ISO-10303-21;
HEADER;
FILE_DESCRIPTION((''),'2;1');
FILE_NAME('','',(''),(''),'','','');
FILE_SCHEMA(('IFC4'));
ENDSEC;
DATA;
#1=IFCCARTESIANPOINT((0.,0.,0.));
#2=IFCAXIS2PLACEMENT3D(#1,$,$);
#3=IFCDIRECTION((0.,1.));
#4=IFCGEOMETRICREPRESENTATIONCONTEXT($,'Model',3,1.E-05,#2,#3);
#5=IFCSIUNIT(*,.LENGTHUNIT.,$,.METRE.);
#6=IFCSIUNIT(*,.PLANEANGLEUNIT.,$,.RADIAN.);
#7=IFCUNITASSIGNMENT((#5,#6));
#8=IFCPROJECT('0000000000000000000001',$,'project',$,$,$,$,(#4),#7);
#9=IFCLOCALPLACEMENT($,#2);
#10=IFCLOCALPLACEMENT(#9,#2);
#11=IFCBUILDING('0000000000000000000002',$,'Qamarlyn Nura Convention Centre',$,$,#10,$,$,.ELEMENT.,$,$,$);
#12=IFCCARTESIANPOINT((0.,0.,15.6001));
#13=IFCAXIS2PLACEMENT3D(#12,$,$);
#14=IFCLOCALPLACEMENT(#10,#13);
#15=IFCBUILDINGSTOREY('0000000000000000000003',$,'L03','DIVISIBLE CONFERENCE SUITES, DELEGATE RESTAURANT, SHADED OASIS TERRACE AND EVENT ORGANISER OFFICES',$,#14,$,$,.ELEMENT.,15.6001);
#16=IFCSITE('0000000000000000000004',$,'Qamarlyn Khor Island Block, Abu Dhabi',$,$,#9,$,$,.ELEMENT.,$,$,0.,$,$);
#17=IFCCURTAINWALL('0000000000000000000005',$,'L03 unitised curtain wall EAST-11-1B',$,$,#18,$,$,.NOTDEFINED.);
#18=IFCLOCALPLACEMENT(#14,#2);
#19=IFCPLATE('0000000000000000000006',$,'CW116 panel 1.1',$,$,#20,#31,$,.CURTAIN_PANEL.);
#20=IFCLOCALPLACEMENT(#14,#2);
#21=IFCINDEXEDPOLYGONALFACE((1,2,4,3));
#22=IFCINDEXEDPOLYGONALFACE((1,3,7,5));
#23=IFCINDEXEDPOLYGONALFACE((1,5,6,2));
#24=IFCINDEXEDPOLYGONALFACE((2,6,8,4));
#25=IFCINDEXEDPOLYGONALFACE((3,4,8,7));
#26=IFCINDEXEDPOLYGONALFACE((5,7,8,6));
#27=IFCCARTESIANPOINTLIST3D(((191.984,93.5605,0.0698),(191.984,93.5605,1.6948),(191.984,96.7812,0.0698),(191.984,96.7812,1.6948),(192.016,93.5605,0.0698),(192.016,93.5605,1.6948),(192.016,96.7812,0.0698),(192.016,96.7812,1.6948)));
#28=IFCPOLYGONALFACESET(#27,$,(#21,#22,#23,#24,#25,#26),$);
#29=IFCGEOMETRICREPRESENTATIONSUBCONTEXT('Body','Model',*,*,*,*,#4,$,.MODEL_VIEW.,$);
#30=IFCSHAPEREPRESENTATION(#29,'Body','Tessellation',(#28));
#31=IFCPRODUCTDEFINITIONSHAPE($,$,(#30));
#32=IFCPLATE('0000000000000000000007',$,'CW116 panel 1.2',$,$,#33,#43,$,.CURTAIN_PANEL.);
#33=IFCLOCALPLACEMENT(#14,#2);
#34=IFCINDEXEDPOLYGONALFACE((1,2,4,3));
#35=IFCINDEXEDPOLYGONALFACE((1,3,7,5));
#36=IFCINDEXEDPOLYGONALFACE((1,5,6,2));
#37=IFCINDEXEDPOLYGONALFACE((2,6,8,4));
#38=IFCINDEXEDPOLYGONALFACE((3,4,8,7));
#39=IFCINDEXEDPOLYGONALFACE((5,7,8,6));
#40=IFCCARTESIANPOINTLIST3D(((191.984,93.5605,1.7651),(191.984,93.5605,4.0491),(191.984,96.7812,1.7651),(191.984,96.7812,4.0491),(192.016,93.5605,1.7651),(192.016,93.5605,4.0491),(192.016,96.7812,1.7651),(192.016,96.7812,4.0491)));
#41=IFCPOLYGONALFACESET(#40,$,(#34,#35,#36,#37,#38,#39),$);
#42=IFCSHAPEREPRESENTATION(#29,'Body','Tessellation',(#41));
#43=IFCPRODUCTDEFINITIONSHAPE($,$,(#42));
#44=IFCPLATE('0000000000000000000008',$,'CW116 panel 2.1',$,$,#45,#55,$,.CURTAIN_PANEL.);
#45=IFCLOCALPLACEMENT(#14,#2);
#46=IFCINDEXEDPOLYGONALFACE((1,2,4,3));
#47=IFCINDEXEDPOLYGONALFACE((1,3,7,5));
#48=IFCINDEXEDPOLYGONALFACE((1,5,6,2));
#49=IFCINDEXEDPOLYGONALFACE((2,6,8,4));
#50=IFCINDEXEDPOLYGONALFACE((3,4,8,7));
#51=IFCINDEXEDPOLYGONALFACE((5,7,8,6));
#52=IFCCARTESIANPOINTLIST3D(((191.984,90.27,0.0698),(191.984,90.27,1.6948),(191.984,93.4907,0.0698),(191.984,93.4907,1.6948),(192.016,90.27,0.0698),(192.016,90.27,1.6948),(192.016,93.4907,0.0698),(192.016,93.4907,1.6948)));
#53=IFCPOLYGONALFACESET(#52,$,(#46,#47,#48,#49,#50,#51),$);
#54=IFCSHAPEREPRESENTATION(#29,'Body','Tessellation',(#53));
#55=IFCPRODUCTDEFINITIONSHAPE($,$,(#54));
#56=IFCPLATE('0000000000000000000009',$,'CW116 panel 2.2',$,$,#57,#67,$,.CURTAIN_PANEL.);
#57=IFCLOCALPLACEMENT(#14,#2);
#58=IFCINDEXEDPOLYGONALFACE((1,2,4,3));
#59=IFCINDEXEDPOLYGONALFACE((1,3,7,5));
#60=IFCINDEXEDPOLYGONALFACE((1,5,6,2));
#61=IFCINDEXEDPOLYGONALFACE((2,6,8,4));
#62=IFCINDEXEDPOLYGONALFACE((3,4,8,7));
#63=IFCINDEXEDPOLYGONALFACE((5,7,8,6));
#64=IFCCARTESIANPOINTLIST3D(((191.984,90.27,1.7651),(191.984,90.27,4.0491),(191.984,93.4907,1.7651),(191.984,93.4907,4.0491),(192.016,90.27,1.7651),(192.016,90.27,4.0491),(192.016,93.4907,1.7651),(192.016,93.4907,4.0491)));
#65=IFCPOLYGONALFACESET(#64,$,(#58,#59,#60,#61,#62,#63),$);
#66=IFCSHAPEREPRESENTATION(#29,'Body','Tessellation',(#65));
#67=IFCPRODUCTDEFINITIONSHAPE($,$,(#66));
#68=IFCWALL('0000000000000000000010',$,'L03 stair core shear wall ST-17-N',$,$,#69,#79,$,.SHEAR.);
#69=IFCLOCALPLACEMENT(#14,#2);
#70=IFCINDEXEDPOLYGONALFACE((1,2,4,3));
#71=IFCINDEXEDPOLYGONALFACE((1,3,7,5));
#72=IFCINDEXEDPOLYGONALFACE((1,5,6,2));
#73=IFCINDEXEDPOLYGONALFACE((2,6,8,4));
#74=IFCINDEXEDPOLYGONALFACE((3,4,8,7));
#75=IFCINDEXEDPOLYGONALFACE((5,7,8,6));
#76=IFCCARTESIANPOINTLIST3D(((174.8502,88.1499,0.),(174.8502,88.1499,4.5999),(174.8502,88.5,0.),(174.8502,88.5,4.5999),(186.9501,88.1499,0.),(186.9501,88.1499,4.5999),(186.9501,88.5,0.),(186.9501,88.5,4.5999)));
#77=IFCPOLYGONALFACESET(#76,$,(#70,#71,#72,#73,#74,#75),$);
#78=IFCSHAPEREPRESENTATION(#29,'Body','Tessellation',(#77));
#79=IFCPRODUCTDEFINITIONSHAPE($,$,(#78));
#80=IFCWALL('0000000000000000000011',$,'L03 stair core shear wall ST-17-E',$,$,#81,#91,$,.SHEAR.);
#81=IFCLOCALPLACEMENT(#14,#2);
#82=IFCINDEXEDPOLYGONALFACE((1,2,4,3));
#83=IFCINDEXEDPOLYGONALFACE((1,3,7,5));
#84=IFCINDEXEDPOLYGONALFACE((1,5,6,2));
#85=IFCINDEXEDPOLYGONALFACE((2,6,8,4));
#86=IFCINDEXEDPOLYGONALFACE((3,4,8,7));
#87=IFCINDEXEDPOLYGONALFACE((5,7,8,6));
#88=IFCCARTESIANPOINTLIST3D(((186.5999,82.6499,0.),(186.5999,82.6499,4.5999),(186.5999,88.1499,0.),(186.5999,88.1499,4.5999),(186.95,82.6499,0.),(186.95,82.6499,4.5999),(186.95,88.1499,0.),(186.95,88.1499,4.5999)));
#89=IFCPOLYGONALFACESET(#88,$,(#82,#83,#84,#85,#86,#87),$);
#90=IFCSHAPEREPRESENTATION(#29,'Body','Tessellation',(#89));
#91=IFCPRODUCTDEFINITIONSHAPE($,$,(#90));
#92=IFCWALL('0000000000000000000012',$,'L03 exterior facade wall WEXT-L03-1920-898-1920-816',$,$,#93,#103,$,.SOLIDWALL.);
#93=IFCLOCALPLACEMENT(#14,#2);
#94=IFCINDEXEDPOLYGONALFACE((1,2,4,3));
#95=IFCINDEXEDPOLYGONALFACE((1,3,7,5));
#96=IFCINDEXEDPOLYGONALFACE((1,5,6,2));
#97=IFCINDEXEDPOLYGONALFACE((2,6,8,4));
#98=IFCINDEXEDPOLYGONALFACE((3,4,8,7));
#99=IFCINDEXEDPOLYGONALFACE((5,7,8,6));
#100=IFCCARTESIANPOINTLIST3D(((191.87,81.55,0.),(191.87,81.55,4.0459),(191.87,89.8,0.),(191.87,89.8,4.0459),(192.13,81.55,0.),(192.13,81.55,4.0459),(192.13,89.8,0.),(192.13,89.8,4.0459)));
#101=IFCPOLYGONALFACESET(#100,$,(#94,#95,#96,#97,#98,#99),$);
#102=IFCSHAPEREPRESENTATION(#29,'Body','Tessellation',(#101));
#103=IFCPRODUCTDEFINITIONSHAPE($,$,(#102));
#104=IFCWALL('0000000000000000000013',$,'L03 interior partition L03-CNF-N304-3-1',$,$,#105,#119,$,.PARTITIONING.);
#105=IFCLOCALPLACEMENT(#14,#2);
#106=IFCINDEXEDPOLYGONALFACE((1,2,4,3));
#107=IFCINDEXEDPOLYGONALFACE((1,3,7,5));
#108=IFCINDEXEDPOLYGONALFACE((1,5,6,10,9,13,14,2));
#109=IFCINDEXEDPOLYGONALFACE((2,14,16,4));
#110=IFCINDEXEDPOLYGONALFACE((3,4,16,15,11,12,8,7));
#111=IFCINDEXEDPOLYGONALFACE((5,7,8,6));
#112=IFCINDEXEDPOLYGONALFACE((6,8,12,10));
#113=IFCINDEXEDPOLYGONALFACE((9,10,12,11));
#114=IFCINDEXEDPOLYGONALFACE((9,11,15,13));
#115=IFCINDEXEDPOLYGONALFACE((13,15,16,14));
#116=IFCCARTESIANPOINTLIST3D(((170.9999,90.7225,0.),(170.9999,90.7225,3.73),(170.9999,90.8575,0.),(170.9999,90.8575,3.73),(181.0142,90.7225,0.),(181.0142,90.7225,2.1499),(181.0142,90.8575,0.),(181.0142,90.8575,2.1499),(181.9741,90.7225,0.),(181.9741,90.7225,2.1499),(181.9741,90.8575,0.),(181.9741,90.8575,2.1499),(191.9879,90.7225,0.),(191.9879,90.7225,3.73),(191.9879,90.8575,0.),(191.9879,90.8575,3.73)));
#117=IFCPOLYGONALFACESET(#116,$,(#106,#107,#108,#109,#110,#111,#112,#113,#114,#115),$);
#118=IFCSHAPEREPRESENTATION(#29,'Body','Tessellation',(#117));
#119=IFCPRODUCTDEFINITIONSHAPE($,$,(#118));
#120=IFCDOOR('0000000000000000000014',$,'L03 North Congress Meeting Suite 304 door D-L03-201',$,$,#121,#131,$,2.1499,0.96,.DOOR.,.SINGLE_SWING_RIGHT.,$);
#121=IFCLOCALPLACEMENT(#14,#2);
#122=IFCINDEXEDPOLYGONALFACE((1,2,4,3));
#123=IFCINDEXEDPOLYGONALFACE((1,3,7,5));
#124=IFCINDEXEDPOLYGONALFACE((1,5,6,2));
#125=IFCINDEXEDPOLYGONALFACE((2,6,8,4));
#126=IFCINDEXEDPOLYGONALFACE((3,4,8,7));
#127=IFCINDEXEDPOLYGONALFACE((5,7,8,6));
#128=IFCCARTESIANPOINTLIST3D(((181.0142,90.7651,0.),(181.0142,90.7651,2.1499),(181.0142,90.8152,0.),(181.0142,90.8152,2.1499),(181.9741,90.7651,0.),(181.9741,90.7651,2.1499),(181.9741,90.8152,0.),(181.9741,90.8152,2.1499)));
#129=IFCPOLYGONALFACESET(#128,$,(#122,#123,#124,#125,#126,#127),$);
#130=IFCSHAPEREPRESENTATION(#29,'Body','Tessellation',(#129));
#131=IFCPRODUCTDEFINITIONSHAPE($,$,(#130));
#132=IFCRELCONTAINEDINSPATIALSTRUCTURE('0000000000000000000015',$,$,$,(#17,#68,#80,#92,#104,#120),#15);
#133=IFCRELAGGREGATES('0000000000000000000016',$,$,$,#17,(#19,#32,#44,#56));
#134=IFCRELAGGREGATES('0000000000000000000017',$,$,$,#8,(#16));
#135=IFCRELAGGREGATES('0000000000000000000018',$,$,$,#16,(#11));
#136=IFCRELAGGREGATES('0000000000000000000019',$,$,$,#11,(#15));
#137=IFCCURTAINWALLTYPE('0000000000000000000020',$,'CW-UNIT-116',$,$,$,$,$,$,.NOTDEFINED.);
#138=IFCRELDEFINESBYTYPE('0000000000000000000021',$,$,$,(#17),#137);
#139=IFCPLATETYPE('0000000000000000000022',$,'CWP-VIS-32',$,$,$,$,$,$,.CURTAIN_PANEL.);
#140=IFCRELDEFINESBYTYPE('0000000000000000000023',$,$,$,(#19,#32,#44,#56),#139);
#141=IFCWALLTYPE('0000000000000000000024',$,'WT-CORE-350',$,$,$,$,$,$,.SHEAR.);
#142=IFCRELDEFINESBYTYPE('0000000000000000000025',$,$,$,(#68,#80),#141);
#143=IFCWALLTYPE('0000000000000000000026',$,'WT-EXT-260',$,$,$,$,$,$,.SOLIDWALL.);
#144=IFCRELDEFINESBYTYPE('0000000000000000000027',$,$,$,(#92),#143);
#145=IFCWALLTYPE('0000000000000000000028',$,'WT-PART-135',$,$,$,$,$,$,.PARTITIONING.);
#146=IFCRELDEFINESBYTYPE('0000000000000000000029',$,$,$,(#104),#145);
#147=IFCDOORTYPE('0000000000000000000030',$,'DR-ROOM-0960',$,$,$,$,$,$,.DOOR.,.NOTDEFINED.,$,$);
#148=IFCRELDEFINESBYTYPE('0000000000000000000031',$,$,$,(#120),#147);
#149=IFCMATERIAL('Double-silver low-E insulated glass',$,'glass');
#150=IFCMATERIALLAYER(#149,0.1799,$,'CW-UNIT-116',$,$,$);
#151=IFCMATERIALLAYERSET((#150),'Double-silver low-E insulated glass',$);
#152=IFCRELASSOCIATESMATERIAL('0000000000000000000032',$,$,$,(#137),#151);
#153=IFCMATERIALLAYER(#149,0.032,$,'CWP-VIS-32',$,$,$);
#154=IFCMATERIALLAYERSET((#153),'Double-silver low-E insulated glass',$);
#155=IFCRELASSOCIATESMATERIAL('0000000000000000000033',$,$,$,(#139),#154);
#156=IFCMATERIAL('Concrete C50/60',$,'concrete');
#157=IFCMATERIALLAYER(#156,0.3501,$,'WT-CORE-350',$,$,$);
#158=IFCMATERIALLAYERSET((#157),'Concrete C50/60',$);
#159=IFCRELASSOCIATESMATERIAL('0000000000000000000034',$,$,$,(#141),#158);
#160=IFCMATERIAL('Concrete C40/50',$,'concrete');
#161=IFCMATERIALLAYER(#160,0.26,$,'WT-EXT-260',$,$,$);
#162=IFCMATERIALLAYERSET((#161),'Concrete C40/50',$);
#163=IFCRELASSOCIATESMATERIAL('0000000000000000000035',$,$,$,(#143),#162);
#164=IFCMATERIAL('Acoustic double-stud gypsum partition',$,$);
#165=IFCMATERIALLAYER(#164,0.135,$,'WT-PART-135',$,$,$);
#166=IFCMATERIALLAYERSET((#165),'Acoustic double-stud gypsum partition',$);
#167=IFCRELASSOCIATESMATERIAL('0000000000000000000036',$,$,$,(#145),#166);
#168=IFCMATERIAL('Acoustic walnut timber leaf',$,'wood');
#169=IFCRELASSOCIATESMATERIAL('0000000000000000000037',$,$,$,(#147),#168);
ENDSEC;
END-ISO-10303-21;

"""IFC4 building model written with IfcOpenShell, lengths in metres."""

from ifc_helpers import new_model, si_unit, direction, frame, frame_2d, origin, origin_2d, place, context, subcontext, project, spatial, rectangle, extrude, material, layer, layer_set, type_object, element, fill, aggregate, save


model = new_model("IFC4")

# Units and contexts
model_context = context("Model", 3, precision=1e-05, world=origin(), true_north=direction((0.0, 1.0)))
body_context = subcontext(model_context, "Body", "Model", "MODEL_VIEW")
ifc_project = project(units=[si_unit("LENGTHUNIT", "METRE"), si_unit("PLANEANGLEUNIT", "RADIAN")], contexts=[model_context])

# Site, building, storey
site_placement = place(None, origin())
site = spatial("IfcSite", under=ifc_project, at=site_placement, Name="Qamarlyn Khor Island Block, Abu Dhabi", CompositionType="ELEMENT", RefElevation=0.0)
building_placement = place(site_placement, origin())
building = spatial("IfcBuilding", under=site, at=building_placement, Name="Qamarlyn Nura Convention Centre", CompositionType="ELEMENT")
storey_placement = place(building_placement, frame((0.0, 0.0, 15.6001)))
storey = spatial("IfcBuildingStorey", under=building, at=storey_placement, Name="L03", Description="DIVISIBLE CONFERENCE SUITES, DELEGATE RESTAURANT, SHADED OASIS TERRACE AND EVENT ORGANISER OFFICES", CompositionType="ELEMENT", Elevation=15.6001)

# Shared definitions
ifc_material_1 = material(Name="Concrete C50/60", Category="concrete")

# Curtain wall, plates
ifc_material_2 = material(Name="Double-silver low-E insulated glass", Category="glass")
ifc_layer_1 = layer(ifc_material_2, 0.1799, Name="CW-UNIT-116")
ifc_layer_set_1 = layer_set([ifc_layer_1], Name="Double-silver low-E insulated glass")
curtain_wall_type = type_object("IfcCurtainWallType", Name="CW-UNIT-116", PredefinedType="NOTDEFINED", material=ifc_layer_set_1)
curtain_wall_placement = place(storey_placement, origin())
curtain_wall = element("IfcCurtainWall", 1, at=curtain_wall_placement, inside=storey, type_object=curtain_wall_type, Name="L03 unitised curtain wall EAST-11-1B", PredefinedType="NOTDEFINED")
ifc_layer_2 = layer(ifc_material_2, 0.032, Name="CWP-VIS-32")
ifc_layer_set_2 = layer_set([ifc_layer_2], Name="Double-silver low-E insulated glass")
plate_type = type_object("IfcPlateType", Name="CWP-VIS-32", PredefinedType="CURTAIN_PANEL", material=ifc_layer_set_2)
plate_1_placement = place(storey_placement, frame((192.0, 95.1709, 0.0698), z_axis=(0.0, 0.0, 1.0), x_axis=(0.0, -1.0, 0.0)))
plate_1 = element("IfcPlate", 2, at=plate_1_placement, type_object=plate_type, Name="CW116 panel 1.1", PredefinedType="CURTAIN_PANEL", context=body_context, shape_type="SweptSolid", body=[
    extrude(rectangle(XDim=3.2207, YDim=0.032, at=origin_2d()), origin(), (0.0, 0.0, 1.0), 1.625),
])
plate_2_placement = place(storey_placement, frame((192.0, 95.1709, 1.7651), z_axis=(0.0, 0.0, 1.0), x_axis=(0.0, -1.0, 0.0)))
plate_2 = element("IfcPlate", 3, at=plate_2_placement, type_object=plate_type, Name="CW116 panel 1.2", PredefinedType="CURTAIN_PANEL", context=body_context, shape_type="SweptSolid", body=[
    extrude(rectangle(XDim=3.2207, YDim=0.032, at=origin_2d()), origin(), (0.0, 0.0, 1.0), 2.2839),
])
plate_3_placement = place(storey_placement, frame((192.0, 91.8804, 0.0698), z_axis=(0.0, 0.0, 1.0), x_axis=(0.0, -1.0, 0.0)))
plate_3 = element("IfcPlate", 4, at=plate_3_placement, type_object=plate_type, Name="CW116 panel 2.1", PredefinedType="CURTAIN_PANEL", context=body_context, shape_type="SweptSolid", body=[
    extrude(rectangle(XDim=3.2207, YDim=0.032, at=origin_2d()), origin(), (0.0, 0.0, 1.0), 1.625),
])
plate_4_placement = place(storey_placement, frame((192.0, 91.8804, 1.7651), z_axis=(0.0, 0.0, 1.0), x_axis=(0.0, -1.0, 0.0)))
plate_4 = element("IfcPlate", 5, at=plate_4_placement, type_object=plate_type, Name="CW116 panel 2.2", PredefinedType="CURTAIN_PANEL", context=body_context, shape_type="SweptSolid", body=[
    extrude(rectangle(XDim=3.2207, YDim=0.032, at=origin_2d()), origin(), (0.0, 0.0, 1.0), 2.2839),
])
aggregate(curtain_wall, [plate_1, plate_2, plate_3, plate_4])

# Walls
ifc_layer_3 = layer(ifc_material_1, 0.3501, Name="WT-CORE-350")
ifc_layer_set_3 = layer_set([ifc_layer_3], Name="Concrete C50/60")
wall_type_1 = type_object("IfcWallType", Name="WT-CORE-350", PredefinedType="SHEAR", material=ifc_layer_set_3)
wall_1_placement = place(storey_placement, frame((186.95, 88.325, 0.0), z_axis=(0.0, 0.0, 1.0), x_axis=(-1.0, 0.0, 0.0)))
element("IfcWall", 6, at=wall_1_placement, inside=storey, type_object=wall_type_1, Name="L03 stair core shear wall ST-17-N", PredefinedType="SHEAR", context=body_context, shape_type="SweptSolid", body=[
    extrude(rectangle(XDim=12.0999, YDim=0.3501, at=frame_2d((6.0498, 0.0))), origin(), (0.0, 0.0, 1.0), 4.5999),
])
wall_2_placement = place(storey_placement, frame((186.7749, 82.6499, 0.0), z_axis=(0.0, 0.0, 1.0), x_axis=(0.0, 1.0, 0.0)))
element("IfcWall", 7, at=wall_2_placement, inside=storey, type_object=wall_type_1, Name="L03 stair core shear wall ST-17-E", PredefinedType="SHEAR", context=body_context, shape_type="SweptSolid", body=[
    extrude(rectangle(XDim=5.5, YDim=0.3501, at=frame_2d((2.75, 0.0))), origin(), (0.0, 0.0, 1.0), 4.5999),
])
ifc_material_3 = material(Name="Concrete C40/50", Category="concrete")
ifc_layer_4 = layer(ifc_material_3, 0.26, Name="WT-EXT-260")
ifc_layer_set_4 = layer_set([ifc_layer_4], Name="Concrete C40/50")
wall_type_2 = type_object("IfcWallType", Name="WT-EXT-260", PredefinedType="SOLIDWALL", material=ifc_layer_set_4)
wall_3_placement = place(storey_placement, frame((192.0, 89.8, 0.0), z_axis=(0.0, 0.0, 1.0), x_axis=(0.0, -1.0, 0.0)))
element("IfcWall", 8, at=wall_3_placement, inside=storey, type_object=wall_type_2, Name="L03 exterior facade wall WEXT-L03-1920-898-1920-816", PredefinedType="SOLIDWALL", context=body_context, shape_type="SweptSolid", body=[
    extrude(rectangle(XDim=8.25, YDim=0.26, at=frame_2d((4.125, 0.0))), origin(), (0.0, 0.0, 1.0), 4.0459),
])

# Wall, opening, door
ifc_material_4 = material(Name="Acoustic double-stud gypsum partition")
ifc_layer_5 = layer(ifc_material_4, 0.135, Name="WT-PART-135")
ifc_layer_set_5 = layer_set([ifc_layer_5], Name="Acoustic double-stud gypsum partition")
wall_type_3 = type_object("IfcWallType", Name="WT-PART-135", PredefinedType="PARTITIONING", material=ifc_layer_set_5)
wall_4_placement = place(storey_placement, frame((191.988, 90.79, 0.0), z_axis=(0.0, 0.0, 1.0), x_axis=(-1.0, 0.0, 0.0)))
wall_4 = element("IfcWall", 9, at=wall_4_placement, inside=storey, type_object=wall_type_3, Name="L03 interior partition L03-CNF-N304-3-1", PredefinedType="PARTITIONING", context=body_context, shape_type="SweptSolid", body=[
    extrude(rectangle(XDim=20.988, YDim=0.135, at=frame_2d((10.4941, 0.0))), origin(), (0.0, 0.0, 1.0), 3.73),
])
opening_placement = place(wall_4_placement, frame((10.0139, 0.0, 0.0)))
opening = element("IfcOpeningElement", 10, at=opening_placement, cuts=wall_4, PredefinedType="OPENING", context=body_context, shape_type="SweptSolid", body=[
    extrude(rectangle(XDim=0.96, YDim=2.1499, at=frame_2d((0.48, 1.075))), frame((0.0, 0.0776, 0.0), z_axis=(0.0, -1.0, 0.0), x_axis=(1.0, 0.0, 0.0)), (0.0, 0.0, 1.0), 0.155),
])
ifc_material_5 = material(Name="Acoustic walnut timber leaf", Category="wood")
door_type = type_object("IfcDoorType", Name="DR-ROOM-0960", OperationType="NOTDEFINED", PredefinedType="DOOR", material=ifc_material_5)
door_placement = place(opening_placement, origin())
door = element("IfcDoor", 11, at=door_placement, inside=storey, type_object=door_type, Name="L03 North Congress Meeting Suite 304 door D-L03-201", OperationType="SINGLE_SWING_RIGHT", OverallHeight=2.1499, OverallWidth=0.96, PredefinedType="DOOR", context=body_context, shape_type="SweptSolid", body=[
    extrude(rectangle(XDim=0.96, YDim=2.1499, at=frame_2d((0.48, 1.075))), frame((0.0, 0.0249, 0.0), z_axis=(0.0, -1.0, 0.0), x_axis=(1.0, 0.0, 0.0)), (0.0, 0.0, 1.0), 0.05),
])
fill(opening, door)

save(model, "model.ifc")
